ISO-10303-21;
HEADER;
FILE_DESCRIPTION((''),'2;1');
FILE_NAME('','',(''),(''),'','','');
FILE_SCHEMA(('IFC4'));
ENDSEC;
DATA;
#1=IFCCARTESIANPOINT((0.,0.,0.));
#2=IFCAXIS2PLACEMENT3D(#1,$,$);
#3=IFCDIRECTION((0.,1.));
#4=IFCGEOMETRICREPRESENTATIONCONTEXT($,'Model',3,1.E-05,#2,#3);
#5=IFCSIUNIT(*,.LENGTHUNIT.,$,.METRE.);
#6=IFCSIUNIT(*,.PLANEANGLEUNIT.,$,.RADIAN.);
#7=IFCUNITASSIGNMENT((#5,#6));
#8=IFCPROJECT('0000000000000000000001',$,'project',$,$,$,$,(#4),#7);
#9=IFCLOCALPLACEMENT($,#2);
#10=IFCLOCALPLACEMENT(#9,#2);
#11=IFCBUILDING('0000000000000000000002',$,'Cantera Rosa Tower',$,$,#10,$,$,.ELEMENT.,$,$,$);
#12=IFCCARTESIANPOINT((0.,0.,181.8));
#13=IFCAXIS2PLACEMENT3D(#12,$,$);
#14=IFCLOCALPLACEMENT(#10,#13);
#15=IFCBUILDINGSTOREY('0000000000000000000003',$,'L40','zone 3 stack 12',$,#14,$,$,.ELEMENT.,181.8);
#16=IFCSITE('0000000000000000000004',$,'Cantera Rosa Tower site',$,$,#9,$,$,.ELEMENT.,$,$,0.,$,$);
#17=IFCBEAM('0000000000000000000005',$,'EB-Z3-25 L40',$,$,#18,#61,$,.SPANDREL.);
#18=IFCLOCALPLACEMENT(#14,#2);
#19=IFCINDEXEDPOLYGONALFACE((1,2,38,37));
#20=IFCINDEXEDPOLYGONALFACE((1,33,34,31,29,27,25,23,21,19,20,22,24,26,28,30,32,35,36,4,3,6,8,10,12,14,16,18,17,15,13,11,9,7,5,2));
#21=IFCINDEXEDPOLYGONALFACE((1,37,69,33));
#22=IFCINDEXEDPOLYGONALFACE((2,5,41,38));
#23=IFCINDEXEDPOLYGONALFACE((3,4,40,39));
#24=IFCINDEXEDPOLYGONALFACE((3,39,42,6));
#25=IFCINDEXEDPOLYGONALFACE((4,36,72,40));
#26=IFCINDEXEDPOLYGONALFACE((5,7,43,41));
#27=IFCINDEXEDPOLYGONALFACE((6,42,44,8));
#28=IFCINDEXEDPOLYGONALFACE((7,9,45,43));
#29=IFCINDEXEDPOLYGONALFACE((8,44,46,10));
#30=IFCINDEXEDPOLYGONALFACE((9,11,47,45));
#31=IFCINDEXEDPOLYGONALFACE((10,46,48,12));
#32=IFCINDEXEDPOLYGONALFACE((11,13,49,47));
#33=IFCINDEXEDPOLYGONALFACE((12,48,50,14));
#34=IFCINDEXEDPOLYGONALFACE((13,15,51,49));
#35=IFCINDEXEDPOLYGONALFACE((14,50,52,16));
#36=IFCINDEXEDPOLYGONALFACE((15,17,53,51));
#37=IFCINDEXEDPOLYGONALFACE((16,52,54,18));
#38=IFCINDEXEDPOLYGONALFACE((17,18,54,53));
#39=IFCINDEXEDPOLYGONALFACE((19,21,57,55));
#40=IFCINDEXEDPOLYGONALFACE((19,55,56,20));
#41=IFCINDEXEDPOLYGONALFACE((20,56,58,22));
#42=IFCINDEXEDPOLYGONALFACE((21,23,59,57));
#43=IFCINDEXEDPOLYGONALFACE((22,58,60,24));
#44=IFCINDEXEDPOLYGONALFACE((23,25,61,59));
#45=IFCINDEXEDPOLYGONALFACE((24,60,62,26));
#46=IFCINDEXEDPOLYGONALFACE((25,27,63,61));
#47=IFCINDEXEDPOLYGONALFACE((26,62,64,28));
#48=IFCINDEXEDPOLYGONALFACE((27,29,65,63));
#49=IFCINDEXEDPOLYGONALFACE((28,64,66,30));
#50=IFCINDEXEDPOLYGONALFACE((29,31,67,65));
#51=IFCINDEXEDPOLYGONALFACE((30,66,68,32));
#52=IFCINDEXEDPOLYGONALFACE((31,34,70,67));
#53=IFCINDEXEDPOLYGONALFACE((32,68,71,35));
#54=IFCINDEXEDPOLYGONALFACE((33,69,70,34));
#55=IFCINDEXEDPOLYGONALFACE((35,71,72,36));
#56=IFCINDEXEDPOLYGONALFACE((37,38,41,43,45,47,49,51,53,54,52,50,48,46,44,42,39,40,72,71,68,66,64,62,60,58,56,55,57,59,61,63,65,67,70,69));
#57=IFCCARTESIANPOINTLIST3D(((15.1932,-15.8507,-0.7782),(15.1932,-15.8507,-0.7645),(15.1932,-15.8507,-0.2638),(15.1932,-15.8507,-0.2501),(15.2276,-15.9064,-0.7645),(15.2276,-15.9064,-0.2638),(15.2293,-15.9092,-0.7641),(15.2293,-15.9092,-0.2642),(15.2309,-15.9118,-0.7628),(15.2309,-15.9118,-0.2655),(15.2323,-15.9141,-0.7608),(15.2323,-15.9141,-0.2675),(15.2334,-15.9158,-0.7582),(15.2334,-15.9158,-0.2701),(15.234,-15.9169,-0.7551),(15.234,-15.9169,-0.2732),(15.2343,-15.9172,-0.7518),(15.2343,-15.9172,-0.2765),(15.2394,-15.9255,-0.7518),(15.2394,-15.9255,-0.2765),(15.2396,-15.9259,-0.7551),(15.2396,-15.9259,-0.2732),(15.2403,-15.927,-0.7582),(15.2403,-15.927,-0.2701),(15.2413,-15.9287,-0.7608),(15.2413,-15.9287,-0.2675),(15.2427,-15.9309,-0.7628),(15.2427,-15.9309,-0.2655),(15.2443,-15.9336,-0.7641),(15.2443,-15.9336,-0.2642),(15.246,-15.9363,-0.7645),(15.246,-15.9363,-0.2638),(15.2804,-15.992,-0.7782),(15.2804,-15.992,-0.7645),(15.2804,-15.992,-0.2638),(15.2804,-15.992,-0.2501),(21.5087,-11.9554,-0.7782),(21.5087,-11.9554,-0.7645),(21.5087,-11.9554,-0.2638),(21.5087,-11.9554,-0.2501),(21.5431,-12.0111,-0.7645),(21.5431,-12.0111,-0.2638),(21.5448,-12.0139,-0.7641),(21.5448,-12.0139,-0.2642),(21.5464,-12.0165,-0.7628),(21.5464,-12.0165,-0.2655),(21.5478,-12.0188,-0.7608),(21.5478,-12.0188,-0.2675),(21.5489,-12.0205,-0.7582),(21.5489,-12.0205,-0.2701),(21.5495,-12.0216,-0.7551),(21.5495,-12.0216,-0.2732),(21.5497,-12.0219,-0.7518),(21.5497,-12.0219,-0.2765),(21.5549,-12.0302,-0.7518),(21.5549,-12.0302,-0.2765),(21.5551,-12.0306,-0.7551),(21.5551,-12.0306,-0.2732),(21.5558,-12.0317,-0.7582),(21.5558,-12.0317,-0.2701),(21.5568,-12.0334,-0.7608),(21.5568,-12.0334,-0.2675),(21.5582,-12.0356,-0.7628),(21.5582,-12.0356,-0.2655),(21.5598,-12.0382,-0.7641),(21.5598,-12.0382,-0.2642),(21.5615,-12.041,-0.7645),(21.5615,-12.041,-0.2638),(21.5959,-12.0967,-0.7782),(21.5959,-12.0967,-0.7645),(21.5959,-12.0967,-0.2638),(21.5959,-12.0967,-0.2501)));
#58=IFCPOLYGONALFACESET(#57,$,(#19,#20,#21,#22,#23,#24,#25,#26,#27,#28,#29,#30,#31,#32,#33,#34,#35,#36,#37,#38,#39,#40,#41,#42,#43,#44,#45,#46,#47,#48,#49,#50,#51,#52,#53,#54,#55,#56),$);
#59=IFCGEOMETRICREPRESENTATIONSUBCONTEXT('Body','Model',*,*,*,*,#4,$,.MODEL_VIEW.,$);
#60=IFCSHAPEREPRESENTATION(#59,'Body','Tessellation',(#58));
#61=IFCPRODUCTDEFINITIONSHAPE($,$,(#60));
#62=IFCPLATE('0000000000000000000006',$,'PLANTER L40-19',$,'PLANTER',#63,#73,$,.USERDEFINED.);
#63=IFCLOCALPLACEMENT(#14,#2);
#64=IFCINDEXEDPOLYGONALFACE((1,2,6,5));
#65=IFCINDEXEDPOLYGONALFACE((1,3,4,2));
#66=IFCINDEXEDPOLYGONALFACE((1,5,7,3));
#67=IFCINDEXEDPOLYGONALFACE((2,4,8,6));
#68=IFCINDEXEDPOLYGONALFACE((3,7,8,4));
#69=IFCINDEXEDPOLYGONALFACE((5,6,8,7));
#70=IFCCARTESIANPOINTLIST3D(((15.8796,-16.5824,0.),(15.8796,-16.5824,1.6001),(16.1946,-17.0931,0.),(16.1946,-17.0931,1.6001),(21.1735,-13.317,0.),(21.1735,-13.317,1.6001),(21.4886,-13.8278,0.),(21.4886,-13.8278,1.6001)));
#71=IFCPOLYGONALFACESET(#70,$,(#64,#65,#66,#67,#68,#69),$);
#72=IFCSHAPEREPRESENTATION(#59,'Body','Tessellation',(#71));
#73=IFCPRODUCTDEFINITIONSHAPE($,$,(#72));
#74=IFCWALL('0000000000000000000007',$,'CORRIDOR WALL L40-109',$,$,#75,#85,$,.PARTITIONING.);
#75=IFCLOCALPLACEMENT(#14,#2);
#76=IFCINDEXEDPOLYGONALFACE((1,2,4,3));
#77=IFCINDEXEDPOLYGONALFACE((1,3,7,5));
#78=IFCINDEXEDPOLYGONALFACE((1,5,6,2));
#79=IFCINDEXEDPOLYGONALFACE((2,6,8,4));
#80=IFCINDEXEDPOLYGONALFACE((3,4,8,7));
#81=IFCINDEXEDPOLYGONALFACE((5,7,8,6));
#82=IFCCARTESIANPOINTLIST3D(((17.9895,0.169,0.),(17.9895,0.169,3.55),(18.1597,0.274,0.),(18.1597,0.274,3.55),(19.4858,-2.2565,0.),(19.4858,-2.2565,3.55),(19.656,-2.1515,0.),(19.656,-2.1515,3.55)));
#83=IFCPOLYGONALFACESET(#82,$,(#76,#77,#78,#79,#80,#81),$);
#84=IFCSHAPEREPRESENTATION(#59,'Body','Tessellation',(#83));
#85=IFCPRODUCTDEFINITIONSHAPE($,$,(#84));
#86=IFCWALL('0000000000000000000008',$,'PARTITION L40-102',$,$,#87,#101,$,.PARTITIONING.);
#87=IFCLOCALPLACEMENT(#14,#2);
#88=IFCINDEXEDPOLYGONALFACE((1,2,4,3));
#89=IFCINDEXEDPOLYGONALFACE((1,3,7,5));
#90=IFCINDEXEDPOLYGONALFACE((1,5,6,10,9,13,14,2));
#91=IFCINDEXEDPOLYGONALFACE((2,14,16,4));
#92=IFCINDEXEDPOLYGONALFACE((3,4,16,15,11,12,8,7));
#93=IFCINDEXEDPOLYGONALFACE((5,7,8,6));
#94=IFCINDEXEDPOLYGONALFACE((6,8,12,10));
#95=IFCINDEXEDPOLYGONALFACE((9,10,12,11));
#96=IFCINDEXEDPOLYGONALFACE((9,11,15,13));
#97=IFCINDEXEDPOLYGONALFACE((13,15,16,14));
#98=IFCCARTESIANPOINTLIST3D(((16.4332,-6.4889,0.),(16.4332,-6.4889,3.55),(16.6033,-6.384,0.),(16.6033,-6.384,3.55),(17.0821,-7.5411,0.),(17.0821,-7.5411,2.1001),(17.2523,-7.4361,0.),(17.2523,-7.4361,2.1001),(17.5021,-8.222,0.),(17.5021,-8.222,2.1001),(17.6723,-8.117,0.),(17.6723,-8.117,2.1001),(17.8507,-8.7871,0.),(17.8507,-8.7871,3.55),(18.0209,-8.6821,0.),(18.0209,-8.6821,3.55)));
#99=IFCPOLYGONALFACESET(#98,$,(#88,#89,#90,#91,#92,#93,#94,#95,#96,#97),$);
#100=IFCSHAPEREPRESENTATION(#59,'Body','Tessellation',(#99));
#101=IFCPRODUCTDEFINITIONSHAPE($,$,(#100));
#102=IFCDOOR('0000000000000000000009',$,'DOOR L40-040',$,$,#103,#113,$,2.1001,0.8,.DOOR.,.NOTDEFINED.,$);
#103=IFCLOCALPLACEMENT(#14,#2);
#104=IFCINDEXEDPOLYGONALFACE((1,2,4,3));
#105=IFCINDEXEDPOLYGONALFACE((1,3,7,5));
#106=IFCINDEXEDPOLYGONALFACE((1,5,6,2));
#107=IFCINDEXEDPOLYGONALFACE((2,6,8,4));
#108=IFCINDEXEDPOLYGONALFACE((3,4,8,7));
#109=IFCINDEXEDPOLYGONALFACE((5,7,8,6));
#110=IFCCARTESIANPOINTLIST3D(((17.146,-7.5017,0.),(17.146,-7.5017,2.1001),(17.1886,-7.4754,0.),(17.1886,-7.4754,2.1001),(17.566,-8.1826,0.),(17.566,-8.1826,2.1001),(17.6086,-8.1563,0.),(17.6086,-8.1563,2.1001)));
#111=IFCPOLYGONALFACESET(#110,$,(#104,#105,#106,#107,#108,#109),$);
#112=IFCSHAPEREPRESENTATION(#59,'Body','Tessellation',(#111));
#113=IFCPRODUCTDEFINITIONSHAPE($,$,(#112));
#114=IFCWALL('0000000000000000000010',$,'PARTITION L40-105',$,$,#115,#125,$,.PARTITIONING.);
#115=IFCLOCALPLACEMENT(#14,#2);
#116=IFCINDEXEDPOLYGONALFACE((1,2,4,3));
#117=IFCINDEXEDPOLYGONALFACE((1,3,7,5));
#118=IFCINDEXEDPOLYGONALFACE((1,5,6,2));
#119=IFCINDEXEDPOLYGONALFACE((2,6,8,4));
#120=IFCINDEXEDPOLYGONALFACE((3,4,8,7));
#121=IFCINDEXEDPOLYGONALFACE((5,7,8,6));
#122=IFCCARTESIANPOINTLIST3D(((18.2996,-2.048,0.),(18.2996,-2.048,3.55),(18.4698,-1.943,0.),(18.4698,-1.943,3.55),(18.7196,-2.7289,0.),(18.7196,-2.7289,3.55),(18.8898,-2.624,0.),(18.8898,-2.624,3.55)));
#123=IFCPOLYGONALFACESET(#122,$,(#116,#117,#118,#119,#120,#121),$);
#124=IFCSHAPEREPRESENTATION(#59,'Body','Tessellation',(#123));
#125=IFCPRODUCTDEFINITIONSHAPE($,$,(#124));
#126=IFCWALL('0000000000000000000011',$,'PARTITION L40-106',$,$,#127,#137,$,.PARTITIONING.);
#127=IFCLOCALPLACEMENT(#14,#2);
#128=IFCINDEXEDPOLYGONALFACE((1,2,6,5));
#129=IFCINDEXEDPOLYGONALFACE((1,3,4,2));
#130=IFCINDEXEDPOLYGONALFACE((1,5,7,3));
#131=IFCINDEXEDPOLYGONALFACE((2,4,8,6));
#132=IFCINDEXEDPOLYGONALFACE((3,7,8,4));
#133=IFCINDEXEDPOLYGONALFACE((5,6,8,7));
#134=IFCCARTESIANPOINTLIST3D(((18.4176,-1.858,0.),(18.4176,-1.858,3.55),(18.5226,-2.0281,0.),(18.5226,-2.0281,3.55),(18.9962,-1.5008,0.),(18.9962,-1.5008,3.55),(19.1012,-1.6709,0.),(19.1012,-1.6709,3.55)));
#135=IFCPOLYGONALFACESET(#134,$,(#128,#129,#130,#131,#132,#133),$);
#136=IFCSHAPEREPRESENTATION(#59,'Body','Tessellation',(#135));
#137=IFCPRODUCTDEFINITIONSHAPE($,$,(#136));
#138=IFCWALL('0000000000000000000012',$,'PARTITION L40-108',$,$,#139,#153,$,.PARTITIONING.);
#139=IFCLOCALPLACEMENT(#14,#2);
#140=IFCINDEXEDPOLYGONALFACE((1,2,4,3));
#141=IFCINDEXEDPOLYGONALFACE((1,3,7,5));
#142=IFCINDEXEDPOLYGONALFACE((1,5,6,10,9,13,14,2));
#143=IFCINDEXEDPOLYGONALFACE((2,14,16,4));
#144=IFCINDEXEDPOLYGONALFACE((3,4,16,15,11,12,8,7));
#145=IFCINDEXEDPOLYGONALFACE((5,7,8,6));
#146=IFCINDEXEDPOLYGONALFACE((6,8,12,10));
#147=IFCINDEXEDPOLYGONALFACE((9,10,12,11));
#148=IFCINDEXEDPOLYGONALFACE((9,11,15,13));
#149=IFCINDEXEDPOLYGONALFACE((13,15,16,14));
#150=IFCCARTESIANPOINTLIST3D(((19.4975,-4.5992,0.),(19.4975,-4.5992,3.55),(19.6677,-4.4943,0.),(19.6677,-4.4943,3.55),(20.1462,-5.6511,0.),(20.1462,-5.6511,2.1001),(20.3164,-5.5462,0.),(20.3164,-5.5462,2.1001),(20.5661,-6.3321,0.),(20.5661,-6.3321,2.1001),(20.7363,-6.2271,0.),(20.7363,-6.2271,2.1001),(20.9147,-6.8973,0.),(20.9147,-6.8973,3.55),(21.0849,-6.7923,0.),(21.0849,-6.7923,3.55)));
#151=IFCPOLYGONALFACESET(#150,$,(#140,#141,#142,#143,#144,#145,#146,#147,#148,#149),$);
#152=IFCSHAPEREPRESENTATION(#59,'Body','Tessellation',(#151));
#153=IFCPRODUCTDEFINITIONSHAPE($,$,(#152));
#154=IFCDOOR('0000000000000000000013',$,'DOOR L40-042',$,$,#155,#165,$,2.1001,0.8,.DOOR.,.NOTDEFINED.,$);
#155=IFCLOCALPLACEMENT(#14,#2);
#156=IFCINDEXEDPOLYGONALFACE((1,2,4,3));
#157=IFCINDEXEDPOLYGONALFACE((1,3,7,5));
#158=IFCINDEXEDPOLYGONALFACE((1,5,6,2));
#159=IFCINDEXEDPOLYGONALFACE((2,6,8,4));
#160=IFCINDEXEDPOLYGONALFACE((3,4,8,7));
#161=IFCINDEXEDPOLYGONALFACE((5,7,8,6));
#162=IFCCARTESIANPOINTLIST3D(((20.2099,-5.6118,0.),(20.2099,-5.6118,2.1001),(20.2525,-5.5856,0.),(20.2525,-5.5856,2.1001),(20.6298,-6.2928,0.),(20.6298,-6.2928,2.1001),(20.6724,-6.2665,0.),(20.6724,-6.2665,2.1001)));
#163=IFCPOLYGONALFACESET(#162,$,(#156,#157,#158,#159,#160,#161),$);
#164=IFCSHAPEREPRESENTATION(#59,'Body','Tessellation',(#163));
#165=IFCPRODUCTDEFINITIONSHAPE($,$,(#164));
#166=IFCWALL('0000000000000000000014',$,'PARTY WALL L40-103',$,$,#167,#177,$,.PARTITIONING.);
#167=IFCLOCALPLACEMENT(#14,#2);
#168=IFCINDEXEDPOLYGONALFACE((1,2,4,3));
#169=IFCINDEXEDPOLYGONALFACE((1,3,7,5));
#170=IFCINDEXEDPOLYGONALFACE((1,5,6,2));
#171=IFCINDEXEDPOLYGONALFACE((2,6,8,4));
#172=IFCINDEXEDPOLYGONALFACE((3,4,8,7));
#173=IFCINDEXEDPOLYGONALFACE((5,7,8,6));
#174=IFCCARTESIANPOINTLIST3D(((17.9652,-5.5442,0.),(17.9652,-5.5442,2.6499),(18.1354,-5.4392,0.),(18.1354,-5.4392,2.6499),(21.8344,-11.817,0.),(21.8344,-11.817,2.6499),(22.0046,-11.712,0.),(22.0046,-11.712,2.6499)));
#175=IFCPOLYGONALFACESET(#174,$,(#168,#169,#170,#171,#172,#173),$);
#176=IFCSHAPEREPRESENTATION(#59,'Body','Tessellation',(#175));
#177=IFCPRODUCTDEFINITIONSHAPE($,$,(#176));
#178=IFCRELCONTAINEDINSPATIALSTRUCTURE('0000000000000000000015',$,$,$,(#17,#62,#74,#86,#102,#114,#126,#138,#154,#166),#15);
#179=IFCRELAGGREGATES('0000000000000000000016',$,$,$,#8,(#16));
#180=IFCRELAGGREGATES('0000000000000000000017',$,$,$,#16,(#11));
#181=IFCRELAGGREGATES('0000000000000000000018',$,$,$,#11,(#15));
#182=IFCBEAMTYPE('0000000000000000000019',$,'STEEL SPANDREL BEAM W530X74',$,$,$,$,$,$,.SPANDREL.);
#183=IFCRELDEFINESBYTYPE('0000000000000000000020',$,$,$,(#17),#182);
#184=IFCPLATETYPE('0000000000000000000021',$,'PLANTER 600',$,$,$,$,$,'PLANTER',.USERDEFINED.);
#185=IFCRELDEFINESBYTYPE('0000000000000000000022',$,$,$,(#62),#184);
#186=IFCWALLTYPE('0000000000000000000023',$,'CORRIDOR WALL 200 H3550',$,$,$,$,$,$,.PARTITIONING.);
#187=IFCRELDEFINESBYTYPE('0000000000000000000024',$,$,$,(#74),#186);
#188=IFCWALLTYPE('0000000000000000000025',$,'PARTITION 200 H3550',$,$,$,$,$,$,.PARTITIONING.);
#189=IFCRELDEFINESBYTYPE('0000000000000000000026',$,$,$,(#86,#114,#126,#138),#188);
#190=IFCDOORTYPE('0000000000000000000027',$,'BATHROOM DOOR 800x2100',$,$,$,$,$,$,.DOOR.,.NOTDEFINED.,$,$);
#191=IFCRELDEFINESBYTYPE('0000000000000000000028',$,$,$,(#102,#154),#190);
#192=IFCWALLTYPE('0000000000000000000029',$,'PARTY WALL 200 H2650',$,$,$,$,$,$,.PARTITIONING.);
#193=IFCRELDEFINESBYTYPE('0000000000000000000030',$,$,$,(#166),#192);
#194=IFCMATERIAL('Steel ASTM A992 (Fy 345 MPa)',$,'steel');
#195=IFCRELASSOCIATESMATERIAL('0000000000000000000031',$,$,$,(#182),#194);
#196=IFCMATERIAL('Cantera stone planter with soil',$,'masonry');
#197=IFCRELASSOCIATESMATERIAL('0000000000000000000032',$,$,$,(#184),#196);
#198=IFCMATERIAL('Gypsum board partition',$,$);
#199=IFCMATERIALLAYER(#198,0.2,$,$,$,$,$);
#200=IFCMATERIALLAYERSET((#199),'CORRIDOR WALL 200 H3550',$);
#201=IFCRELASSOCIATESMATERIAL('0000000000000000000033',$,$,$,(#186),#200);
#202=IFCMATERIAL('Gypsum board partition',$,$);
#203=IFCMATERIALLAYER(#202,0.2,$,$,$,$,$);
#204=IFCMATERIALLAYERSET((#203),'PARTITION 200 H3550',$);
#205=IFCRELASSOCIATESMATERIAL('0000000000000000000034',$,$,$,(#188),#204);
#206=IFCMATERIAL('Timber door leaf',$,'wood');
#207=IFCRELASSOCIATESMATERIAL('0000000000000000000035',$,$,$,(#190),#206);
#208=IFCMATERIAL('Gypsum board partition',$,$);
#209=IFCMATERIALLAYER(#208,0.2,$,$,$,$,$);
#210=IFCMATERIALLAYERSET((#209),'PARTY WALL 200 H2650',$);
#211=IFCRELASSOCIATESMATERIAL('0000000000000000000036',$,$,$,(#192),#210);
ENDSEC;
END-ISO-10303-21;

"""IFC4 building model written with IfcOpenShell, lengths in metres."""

from ifc_helpers import new_model, si_unit, direction, frame, frame_2d, origin, origin_2d, place, context, subcontext, project, spatial, rectangle, i_section, extrude, material, layer, layer_set, material_profile, profile_set, type_object, element, fill, save


model = new_model("IFC4")

# Units and contexts
model_context = context("Model", 3, precision=1e-05, world=origin(), true_north=direction((0.0, 1.0)))
body_context = subcontext(model_context, "Body", "Model", "MODEL_VIEW")
ifc_project = project(units=[si_unit("LENGTHUNIT", "METRE"), si_unit("PLANEANGLEUNIT", "RADIAN")], contexts=[model_context])

# Site, building, storey
site_placement = place(None, origin())
site = spatial("IfcSite", under=ifc_project, at=site_placement, Name="Cantera Rosa Tower site", CompositionType="ELEMENT", RefElevation=0.0)
building_placement = place(site_placement, origin())
building = spatial("IfcBuilding", under=site, at=building_placement, Name="Cantera Rosa Tower", CompositionType="ELEMENT")
storey_placement = place(building_placement, frame((0.0, 0.0, 181.8)))
storey = spatial("IfcBuildingStorey", under=building, at=storey_placement, Name="L40", Description="zone 3 stack 12", CompositionType="ELEMENT", Elevation=181.8)

# Beam
ifc_material_1 = material(Name="Steel ASTM A992 (Fy 345 MPa)", Category="steel")
ifc_material_profile_1 = material_profile(ifc_material_1, i_section(OverallWidth=0.166, OverallDepth=0.5281, WebThickness=0.0098, FlangeThickness=0.0137, FilletRadius=0.0127, at=origin_2d()), Name="W530X74")
ifc_profile_set_1 = profile_set([ifc_material_profile_1], Name="Steel ASTM A992 (Fy 345 MPa)")
beam_type_1 = type_object("IfcBeamType", Name="STEEL SPANDREL BEAM W530X74", PredefinedType="SPANDREL", material=ifc_profile_set_1)
beam_1_placement = place(storey_placement, frame((15.2368, -15.9214, -0.5142), z_axis=(0.851126, 0.524962, 0.0), x_axis=(-0.524962, 0.851126, 0.0)))
element("IfcBeam", 1, at=beam_1_placement, inside=storey, type_object=beam_type_1, Name="EB-Z3-25 L40", PredefinedType="SPANDREL", context=body_context, shape_type="SweptSolid", body=[
    extrude(i_section(OverallWidth=0.166, OverallDepth=0.5281, WebThickness=0.0098, FlangeThickness=0.0137, FilletRadius=0.0127, at=origin_2d()), origin(), (0.0, 0.0, 1.0), 7.4202),
])

# Plate
ifc_material_2 = material(Name="Cantera stone planter with soil", Category="masonry")
plate_type = type_object("IfcPlateType", Name="PLANTER 600", ElementType="PLANTER", PredefinedType="USERDEFINED", material=ifc_material_2)
plate_placement = place(storey_placement, frame((18.6841, -15.2051, 0.0), z_axis=(0.0, 0.0, 1.0), x_axis=(0.851117, 0.524977, 0.0)))
element("IfcPlate", 2, at=plate_placement, inside=storey, type_object=plate_type, Name="PLANTER L40-19", ObjectType="PLANTER", PredefinedType="USERDEFINED", context=body_context, shape_type="SweptSolid", body=[
    extrude(rectangle(XDim=6.22, YDim=0.6001, at=origin_2d()), origin(), (0.0, 0.0, 1.0), 1.6001),
])

# Wall
ifc_material_3 = material(Name="Gypsum board partition")
ifc_layer_1 = layer(ifc_material_3, 0.2)
ifc_layer_set_1 = layer_set([ifc_layer_1], Name="CORRIDOR WALL 200 H3550")
wall_type_1 = type_object("IfcWallType", Name="CORRIDOR WALL 200 H3550", PredefinedType="PARTITIONING", material=ifc_layer_set_1)
wall_1_placement = place(storey_placement, frame((19.5708, -2.2039, 0.0), z_axis=(0.0, 0.0, 1.0), x_axis=(-0.525039, 0.851078, 0.0)))
element("IfcWall", 3, at=wall_1_placement, inside=storey, type_object=wall_type_1, Name="CORRIDOR WALL L40-109", PredefinedType="PARTITIONING", context=body_context, shape_type="SweptSolid", body=[
    extrude(rectangle(XDim=2.8499, YDim=0.2, at=frame_2d((1.4248, 0.0))), origin(), (0.0, 0.0, 1.0), 3.55),
])

# Wall, opening, door
ifc_material_4 = material(Name="Gypsum board partition")
ifc_layer_2 = layer(ifc_material_4, 0.2)
ifc_layer_set_2 = layer_set([ifc_layer_2], Name="PARTITION 200 H3550")
wall_type_2 = type_object("IfcWallType", Name="PARTITION 200 H3550", PredefinedType="PARTITIONING", material=ifc_layer_set_2)
wall_2_placement = place(storey_placement, frame((17.9358, -8.7346, 0.0), z_axis=(0.0, 0.0, 1.0), x_axis=(-0.524975, 0.851118, 0.0)))
wall_2 = element("IfcWall", 4, at=wall_2_placement, inside=storey, type_object=wall_type_2, Name="PARTITION L40-102", PredefinedType="PARTITIONING", context=body_context, shape_type="SweptSolid", body=[
    extrude(rectangle(XDim=2.7002, YDim=0.2, at=frame_2d((1.3501, 0.0))), origin(), (0.0, 0.0, 1.0), 3.55),
])
opening_1_placement = place(wall_2_placement, frame((0.6641, 0.0, 0.0)))
opening_1 = element("IfcOpeningElement", 5, at=opening_1_placement, cuts=wall_2, PredefinedType="OPENING", context=body_context, shape_type="SweptSolid", body=[
    extrude(rectangle(XDim=0.8, YDim=2.1001, at=frame_2d((0.3999, 1.05))), frame((0.0, 0.1099, 0.0), z_axis=(0.0, -1.0, 0.0), x_axis=(1.0, 0.0, 0.0)), (0.0, 0.0, 1.0), 0.22),
])
ifc_material_5 = material(Name="Timber door leaf", Category="wood")
door_type_1 = type_object("IfcDoorType", Name="BATHROOM DOOR 800x2100", OperationType="NOTDEFINED", PredefinedType="DOOR", material=ifc_material_5)
door_1_placement = place(opening_1_placement, origin())
door_1 = element("IfcDoor", 6, at=door_1_placement, inside=storey, type_object=door_type_1, Name="DOOR L40-040", OperationType="NOTDEFINED", OverallHeight=2.1001, OverallWidth=0.8, PredefinedType="DOOR", context=body_context, shape_type="SweptSolid", body=[
    extrude(rectangle(XDim=0.8, YDim=2.1001, at=frame_2d((0.3999, 1.05))), frame((0.0, 0.0249, 0.0), z_axis=(0.0, -1.0, 0.0), x_axis=(1.0, 0.0, 0.0)), (0.0, 0.0, 1.0), 0.05),
])
fill(opening_1, door_1)

# Walls
wall_3_placement = place(storey_placement, frame((18.3848, -1.9956, 0.0), z_axis=(0.0, 0.0, 1.0), x_axis=(0.524914, -0.851155, 0.0)))
element("IfcWall", 7, at=wall_3_placement, inside=storey, type_object=wall_type_2, Name="PARTITION L40-105", PredefinedType="PARTITIONING", context=body_context, shape_type="SweptSolid", body=[
    extrude(rectangle(XDim=0.8, YDim=0.2, at=frame_2d((0.3999, 0.0))), origin(), (0.0, 0.0, 1.0), 3.55),
])
wall_4_placement = place(storey_placement, frame((19.0486, -1.5859, 0.0), z_axis=(0.0, 0.0, 1.0), x_axis=(-0.85093, -0.525279, 0.0)))
element("IfcWall", 8, at=wall_4_placement, inside=storey, type_object=wall_type_2, Name="PARTITION L40-106", PredefinedType="PARTITIONING", context=body_context, shape_type="SweptSolid", body=[
    extrude(rectangle(XDim=0.6799, YDim=0.2, at=frame_2d((0.3398, 0.0))), origin(), (0.0, 0.0, 1.0), 3.55),
])

# Wall, opening, door
wall_5_placement = place(storey_placement, frame((19.5825, -4.5466, 0.0), z_axis=(0.0, 0.0, 1.0), x_axis=(0.524909, -0.851158, 0.0)))
wall_5 = element("IfcWall", 9, at=wall_5_placement, inside=storey, type_object=wall_type_2, Name="PARTITION L40-108", PredefinedType="PARTITIONING", context=body_context, shape_type="SweptSolid", body=[
    extrude(rectangle(XDim=2.7, YDim=0.2, at=frame_2d((1.3501, 0.0))), origin(), (0.0, 0.0, 1.0), 3.55),
])
opening_2_placement = place(wall_5_placement, frame((1.2361, 0.0, 0.0)))
opening_2 = element("IfcOpeningElement", 10, at=opening_2_placement, cuts=wall_5, PredefinedType="OPENING", context=body_context, shape_type="SweptSolid", body=[
    extrude(rectangle(XDim=0.8, YDim=2.1001, at=frame_2d((0.3999, 1.05))), frame((0.0, 0.1099, 0.0), z_axis=(0.0, -1.0, 0.0), x_axis=(1.0, 0.0, 0.0)), (0.0, 0.0, 1.0), 0.22),
])
door_2_placement = place(opening_2_placement, origin())
door_2 = element("IfcDoor", 11, at=door_2_placement, inside=storey, type_object=door_type_1, Name="DOOR L40-042", OperationType="NOTDEFINED", OverallHeight=2.1001, OverallWidth=0.8, PredefinedType="DOOR", context=body_context, shape_type="SweptSolid", body=[
    extrude(rectangle(XDim=0.8, YDim=2.1001, at=frame_2d((0.3999, 1.05))), frame((0.0, 0.0249, 0.0), z_axis=(0.0, -1.0, 0.0), x_axis=(1.0, 0.0, 0.0)), (0.0, 0.0, 1.0), 0.05),
])
fill(opening_2, door_2)

# Wall
ifc_material_6 = material(Name="Gypsum board partition")
ifc_layer_3 = layer(ifc_material_6, 0.2)
ifc_layer_set_3 = layer_set([ifc_layer_3], Name="PARTY WALL 200 H2650")
wall_type_3 = type_object("IfcWallType", Name="PARTY WALL 200 H2650", PredefinedType="PARTITIONING", material=ifc_layer_set_3)
wall_6_placement = place(storey_placement, frame((18.0503, -5.4917, 0.0), z_axis=(0.0, 0.0, 1.0), x_axis=(0.524984, -0.851112, 0.0)))
element("IfcWall", 12, at=wall_6_placement, inside=storey, type_object=wall_type_3, Name="PARTY WALL L40-103", PredefinedType="PARTITIONING", context=body_context, shape_type="SweptSolid", body=[
    extrude(rectangle(XDim=7.3701, YDim=0.2, at=frame_2d((3.6851, 0.0))), origin(), (0.0, 0.0, 1.0), 2.6499),
])

save(model, "model.ifc")
